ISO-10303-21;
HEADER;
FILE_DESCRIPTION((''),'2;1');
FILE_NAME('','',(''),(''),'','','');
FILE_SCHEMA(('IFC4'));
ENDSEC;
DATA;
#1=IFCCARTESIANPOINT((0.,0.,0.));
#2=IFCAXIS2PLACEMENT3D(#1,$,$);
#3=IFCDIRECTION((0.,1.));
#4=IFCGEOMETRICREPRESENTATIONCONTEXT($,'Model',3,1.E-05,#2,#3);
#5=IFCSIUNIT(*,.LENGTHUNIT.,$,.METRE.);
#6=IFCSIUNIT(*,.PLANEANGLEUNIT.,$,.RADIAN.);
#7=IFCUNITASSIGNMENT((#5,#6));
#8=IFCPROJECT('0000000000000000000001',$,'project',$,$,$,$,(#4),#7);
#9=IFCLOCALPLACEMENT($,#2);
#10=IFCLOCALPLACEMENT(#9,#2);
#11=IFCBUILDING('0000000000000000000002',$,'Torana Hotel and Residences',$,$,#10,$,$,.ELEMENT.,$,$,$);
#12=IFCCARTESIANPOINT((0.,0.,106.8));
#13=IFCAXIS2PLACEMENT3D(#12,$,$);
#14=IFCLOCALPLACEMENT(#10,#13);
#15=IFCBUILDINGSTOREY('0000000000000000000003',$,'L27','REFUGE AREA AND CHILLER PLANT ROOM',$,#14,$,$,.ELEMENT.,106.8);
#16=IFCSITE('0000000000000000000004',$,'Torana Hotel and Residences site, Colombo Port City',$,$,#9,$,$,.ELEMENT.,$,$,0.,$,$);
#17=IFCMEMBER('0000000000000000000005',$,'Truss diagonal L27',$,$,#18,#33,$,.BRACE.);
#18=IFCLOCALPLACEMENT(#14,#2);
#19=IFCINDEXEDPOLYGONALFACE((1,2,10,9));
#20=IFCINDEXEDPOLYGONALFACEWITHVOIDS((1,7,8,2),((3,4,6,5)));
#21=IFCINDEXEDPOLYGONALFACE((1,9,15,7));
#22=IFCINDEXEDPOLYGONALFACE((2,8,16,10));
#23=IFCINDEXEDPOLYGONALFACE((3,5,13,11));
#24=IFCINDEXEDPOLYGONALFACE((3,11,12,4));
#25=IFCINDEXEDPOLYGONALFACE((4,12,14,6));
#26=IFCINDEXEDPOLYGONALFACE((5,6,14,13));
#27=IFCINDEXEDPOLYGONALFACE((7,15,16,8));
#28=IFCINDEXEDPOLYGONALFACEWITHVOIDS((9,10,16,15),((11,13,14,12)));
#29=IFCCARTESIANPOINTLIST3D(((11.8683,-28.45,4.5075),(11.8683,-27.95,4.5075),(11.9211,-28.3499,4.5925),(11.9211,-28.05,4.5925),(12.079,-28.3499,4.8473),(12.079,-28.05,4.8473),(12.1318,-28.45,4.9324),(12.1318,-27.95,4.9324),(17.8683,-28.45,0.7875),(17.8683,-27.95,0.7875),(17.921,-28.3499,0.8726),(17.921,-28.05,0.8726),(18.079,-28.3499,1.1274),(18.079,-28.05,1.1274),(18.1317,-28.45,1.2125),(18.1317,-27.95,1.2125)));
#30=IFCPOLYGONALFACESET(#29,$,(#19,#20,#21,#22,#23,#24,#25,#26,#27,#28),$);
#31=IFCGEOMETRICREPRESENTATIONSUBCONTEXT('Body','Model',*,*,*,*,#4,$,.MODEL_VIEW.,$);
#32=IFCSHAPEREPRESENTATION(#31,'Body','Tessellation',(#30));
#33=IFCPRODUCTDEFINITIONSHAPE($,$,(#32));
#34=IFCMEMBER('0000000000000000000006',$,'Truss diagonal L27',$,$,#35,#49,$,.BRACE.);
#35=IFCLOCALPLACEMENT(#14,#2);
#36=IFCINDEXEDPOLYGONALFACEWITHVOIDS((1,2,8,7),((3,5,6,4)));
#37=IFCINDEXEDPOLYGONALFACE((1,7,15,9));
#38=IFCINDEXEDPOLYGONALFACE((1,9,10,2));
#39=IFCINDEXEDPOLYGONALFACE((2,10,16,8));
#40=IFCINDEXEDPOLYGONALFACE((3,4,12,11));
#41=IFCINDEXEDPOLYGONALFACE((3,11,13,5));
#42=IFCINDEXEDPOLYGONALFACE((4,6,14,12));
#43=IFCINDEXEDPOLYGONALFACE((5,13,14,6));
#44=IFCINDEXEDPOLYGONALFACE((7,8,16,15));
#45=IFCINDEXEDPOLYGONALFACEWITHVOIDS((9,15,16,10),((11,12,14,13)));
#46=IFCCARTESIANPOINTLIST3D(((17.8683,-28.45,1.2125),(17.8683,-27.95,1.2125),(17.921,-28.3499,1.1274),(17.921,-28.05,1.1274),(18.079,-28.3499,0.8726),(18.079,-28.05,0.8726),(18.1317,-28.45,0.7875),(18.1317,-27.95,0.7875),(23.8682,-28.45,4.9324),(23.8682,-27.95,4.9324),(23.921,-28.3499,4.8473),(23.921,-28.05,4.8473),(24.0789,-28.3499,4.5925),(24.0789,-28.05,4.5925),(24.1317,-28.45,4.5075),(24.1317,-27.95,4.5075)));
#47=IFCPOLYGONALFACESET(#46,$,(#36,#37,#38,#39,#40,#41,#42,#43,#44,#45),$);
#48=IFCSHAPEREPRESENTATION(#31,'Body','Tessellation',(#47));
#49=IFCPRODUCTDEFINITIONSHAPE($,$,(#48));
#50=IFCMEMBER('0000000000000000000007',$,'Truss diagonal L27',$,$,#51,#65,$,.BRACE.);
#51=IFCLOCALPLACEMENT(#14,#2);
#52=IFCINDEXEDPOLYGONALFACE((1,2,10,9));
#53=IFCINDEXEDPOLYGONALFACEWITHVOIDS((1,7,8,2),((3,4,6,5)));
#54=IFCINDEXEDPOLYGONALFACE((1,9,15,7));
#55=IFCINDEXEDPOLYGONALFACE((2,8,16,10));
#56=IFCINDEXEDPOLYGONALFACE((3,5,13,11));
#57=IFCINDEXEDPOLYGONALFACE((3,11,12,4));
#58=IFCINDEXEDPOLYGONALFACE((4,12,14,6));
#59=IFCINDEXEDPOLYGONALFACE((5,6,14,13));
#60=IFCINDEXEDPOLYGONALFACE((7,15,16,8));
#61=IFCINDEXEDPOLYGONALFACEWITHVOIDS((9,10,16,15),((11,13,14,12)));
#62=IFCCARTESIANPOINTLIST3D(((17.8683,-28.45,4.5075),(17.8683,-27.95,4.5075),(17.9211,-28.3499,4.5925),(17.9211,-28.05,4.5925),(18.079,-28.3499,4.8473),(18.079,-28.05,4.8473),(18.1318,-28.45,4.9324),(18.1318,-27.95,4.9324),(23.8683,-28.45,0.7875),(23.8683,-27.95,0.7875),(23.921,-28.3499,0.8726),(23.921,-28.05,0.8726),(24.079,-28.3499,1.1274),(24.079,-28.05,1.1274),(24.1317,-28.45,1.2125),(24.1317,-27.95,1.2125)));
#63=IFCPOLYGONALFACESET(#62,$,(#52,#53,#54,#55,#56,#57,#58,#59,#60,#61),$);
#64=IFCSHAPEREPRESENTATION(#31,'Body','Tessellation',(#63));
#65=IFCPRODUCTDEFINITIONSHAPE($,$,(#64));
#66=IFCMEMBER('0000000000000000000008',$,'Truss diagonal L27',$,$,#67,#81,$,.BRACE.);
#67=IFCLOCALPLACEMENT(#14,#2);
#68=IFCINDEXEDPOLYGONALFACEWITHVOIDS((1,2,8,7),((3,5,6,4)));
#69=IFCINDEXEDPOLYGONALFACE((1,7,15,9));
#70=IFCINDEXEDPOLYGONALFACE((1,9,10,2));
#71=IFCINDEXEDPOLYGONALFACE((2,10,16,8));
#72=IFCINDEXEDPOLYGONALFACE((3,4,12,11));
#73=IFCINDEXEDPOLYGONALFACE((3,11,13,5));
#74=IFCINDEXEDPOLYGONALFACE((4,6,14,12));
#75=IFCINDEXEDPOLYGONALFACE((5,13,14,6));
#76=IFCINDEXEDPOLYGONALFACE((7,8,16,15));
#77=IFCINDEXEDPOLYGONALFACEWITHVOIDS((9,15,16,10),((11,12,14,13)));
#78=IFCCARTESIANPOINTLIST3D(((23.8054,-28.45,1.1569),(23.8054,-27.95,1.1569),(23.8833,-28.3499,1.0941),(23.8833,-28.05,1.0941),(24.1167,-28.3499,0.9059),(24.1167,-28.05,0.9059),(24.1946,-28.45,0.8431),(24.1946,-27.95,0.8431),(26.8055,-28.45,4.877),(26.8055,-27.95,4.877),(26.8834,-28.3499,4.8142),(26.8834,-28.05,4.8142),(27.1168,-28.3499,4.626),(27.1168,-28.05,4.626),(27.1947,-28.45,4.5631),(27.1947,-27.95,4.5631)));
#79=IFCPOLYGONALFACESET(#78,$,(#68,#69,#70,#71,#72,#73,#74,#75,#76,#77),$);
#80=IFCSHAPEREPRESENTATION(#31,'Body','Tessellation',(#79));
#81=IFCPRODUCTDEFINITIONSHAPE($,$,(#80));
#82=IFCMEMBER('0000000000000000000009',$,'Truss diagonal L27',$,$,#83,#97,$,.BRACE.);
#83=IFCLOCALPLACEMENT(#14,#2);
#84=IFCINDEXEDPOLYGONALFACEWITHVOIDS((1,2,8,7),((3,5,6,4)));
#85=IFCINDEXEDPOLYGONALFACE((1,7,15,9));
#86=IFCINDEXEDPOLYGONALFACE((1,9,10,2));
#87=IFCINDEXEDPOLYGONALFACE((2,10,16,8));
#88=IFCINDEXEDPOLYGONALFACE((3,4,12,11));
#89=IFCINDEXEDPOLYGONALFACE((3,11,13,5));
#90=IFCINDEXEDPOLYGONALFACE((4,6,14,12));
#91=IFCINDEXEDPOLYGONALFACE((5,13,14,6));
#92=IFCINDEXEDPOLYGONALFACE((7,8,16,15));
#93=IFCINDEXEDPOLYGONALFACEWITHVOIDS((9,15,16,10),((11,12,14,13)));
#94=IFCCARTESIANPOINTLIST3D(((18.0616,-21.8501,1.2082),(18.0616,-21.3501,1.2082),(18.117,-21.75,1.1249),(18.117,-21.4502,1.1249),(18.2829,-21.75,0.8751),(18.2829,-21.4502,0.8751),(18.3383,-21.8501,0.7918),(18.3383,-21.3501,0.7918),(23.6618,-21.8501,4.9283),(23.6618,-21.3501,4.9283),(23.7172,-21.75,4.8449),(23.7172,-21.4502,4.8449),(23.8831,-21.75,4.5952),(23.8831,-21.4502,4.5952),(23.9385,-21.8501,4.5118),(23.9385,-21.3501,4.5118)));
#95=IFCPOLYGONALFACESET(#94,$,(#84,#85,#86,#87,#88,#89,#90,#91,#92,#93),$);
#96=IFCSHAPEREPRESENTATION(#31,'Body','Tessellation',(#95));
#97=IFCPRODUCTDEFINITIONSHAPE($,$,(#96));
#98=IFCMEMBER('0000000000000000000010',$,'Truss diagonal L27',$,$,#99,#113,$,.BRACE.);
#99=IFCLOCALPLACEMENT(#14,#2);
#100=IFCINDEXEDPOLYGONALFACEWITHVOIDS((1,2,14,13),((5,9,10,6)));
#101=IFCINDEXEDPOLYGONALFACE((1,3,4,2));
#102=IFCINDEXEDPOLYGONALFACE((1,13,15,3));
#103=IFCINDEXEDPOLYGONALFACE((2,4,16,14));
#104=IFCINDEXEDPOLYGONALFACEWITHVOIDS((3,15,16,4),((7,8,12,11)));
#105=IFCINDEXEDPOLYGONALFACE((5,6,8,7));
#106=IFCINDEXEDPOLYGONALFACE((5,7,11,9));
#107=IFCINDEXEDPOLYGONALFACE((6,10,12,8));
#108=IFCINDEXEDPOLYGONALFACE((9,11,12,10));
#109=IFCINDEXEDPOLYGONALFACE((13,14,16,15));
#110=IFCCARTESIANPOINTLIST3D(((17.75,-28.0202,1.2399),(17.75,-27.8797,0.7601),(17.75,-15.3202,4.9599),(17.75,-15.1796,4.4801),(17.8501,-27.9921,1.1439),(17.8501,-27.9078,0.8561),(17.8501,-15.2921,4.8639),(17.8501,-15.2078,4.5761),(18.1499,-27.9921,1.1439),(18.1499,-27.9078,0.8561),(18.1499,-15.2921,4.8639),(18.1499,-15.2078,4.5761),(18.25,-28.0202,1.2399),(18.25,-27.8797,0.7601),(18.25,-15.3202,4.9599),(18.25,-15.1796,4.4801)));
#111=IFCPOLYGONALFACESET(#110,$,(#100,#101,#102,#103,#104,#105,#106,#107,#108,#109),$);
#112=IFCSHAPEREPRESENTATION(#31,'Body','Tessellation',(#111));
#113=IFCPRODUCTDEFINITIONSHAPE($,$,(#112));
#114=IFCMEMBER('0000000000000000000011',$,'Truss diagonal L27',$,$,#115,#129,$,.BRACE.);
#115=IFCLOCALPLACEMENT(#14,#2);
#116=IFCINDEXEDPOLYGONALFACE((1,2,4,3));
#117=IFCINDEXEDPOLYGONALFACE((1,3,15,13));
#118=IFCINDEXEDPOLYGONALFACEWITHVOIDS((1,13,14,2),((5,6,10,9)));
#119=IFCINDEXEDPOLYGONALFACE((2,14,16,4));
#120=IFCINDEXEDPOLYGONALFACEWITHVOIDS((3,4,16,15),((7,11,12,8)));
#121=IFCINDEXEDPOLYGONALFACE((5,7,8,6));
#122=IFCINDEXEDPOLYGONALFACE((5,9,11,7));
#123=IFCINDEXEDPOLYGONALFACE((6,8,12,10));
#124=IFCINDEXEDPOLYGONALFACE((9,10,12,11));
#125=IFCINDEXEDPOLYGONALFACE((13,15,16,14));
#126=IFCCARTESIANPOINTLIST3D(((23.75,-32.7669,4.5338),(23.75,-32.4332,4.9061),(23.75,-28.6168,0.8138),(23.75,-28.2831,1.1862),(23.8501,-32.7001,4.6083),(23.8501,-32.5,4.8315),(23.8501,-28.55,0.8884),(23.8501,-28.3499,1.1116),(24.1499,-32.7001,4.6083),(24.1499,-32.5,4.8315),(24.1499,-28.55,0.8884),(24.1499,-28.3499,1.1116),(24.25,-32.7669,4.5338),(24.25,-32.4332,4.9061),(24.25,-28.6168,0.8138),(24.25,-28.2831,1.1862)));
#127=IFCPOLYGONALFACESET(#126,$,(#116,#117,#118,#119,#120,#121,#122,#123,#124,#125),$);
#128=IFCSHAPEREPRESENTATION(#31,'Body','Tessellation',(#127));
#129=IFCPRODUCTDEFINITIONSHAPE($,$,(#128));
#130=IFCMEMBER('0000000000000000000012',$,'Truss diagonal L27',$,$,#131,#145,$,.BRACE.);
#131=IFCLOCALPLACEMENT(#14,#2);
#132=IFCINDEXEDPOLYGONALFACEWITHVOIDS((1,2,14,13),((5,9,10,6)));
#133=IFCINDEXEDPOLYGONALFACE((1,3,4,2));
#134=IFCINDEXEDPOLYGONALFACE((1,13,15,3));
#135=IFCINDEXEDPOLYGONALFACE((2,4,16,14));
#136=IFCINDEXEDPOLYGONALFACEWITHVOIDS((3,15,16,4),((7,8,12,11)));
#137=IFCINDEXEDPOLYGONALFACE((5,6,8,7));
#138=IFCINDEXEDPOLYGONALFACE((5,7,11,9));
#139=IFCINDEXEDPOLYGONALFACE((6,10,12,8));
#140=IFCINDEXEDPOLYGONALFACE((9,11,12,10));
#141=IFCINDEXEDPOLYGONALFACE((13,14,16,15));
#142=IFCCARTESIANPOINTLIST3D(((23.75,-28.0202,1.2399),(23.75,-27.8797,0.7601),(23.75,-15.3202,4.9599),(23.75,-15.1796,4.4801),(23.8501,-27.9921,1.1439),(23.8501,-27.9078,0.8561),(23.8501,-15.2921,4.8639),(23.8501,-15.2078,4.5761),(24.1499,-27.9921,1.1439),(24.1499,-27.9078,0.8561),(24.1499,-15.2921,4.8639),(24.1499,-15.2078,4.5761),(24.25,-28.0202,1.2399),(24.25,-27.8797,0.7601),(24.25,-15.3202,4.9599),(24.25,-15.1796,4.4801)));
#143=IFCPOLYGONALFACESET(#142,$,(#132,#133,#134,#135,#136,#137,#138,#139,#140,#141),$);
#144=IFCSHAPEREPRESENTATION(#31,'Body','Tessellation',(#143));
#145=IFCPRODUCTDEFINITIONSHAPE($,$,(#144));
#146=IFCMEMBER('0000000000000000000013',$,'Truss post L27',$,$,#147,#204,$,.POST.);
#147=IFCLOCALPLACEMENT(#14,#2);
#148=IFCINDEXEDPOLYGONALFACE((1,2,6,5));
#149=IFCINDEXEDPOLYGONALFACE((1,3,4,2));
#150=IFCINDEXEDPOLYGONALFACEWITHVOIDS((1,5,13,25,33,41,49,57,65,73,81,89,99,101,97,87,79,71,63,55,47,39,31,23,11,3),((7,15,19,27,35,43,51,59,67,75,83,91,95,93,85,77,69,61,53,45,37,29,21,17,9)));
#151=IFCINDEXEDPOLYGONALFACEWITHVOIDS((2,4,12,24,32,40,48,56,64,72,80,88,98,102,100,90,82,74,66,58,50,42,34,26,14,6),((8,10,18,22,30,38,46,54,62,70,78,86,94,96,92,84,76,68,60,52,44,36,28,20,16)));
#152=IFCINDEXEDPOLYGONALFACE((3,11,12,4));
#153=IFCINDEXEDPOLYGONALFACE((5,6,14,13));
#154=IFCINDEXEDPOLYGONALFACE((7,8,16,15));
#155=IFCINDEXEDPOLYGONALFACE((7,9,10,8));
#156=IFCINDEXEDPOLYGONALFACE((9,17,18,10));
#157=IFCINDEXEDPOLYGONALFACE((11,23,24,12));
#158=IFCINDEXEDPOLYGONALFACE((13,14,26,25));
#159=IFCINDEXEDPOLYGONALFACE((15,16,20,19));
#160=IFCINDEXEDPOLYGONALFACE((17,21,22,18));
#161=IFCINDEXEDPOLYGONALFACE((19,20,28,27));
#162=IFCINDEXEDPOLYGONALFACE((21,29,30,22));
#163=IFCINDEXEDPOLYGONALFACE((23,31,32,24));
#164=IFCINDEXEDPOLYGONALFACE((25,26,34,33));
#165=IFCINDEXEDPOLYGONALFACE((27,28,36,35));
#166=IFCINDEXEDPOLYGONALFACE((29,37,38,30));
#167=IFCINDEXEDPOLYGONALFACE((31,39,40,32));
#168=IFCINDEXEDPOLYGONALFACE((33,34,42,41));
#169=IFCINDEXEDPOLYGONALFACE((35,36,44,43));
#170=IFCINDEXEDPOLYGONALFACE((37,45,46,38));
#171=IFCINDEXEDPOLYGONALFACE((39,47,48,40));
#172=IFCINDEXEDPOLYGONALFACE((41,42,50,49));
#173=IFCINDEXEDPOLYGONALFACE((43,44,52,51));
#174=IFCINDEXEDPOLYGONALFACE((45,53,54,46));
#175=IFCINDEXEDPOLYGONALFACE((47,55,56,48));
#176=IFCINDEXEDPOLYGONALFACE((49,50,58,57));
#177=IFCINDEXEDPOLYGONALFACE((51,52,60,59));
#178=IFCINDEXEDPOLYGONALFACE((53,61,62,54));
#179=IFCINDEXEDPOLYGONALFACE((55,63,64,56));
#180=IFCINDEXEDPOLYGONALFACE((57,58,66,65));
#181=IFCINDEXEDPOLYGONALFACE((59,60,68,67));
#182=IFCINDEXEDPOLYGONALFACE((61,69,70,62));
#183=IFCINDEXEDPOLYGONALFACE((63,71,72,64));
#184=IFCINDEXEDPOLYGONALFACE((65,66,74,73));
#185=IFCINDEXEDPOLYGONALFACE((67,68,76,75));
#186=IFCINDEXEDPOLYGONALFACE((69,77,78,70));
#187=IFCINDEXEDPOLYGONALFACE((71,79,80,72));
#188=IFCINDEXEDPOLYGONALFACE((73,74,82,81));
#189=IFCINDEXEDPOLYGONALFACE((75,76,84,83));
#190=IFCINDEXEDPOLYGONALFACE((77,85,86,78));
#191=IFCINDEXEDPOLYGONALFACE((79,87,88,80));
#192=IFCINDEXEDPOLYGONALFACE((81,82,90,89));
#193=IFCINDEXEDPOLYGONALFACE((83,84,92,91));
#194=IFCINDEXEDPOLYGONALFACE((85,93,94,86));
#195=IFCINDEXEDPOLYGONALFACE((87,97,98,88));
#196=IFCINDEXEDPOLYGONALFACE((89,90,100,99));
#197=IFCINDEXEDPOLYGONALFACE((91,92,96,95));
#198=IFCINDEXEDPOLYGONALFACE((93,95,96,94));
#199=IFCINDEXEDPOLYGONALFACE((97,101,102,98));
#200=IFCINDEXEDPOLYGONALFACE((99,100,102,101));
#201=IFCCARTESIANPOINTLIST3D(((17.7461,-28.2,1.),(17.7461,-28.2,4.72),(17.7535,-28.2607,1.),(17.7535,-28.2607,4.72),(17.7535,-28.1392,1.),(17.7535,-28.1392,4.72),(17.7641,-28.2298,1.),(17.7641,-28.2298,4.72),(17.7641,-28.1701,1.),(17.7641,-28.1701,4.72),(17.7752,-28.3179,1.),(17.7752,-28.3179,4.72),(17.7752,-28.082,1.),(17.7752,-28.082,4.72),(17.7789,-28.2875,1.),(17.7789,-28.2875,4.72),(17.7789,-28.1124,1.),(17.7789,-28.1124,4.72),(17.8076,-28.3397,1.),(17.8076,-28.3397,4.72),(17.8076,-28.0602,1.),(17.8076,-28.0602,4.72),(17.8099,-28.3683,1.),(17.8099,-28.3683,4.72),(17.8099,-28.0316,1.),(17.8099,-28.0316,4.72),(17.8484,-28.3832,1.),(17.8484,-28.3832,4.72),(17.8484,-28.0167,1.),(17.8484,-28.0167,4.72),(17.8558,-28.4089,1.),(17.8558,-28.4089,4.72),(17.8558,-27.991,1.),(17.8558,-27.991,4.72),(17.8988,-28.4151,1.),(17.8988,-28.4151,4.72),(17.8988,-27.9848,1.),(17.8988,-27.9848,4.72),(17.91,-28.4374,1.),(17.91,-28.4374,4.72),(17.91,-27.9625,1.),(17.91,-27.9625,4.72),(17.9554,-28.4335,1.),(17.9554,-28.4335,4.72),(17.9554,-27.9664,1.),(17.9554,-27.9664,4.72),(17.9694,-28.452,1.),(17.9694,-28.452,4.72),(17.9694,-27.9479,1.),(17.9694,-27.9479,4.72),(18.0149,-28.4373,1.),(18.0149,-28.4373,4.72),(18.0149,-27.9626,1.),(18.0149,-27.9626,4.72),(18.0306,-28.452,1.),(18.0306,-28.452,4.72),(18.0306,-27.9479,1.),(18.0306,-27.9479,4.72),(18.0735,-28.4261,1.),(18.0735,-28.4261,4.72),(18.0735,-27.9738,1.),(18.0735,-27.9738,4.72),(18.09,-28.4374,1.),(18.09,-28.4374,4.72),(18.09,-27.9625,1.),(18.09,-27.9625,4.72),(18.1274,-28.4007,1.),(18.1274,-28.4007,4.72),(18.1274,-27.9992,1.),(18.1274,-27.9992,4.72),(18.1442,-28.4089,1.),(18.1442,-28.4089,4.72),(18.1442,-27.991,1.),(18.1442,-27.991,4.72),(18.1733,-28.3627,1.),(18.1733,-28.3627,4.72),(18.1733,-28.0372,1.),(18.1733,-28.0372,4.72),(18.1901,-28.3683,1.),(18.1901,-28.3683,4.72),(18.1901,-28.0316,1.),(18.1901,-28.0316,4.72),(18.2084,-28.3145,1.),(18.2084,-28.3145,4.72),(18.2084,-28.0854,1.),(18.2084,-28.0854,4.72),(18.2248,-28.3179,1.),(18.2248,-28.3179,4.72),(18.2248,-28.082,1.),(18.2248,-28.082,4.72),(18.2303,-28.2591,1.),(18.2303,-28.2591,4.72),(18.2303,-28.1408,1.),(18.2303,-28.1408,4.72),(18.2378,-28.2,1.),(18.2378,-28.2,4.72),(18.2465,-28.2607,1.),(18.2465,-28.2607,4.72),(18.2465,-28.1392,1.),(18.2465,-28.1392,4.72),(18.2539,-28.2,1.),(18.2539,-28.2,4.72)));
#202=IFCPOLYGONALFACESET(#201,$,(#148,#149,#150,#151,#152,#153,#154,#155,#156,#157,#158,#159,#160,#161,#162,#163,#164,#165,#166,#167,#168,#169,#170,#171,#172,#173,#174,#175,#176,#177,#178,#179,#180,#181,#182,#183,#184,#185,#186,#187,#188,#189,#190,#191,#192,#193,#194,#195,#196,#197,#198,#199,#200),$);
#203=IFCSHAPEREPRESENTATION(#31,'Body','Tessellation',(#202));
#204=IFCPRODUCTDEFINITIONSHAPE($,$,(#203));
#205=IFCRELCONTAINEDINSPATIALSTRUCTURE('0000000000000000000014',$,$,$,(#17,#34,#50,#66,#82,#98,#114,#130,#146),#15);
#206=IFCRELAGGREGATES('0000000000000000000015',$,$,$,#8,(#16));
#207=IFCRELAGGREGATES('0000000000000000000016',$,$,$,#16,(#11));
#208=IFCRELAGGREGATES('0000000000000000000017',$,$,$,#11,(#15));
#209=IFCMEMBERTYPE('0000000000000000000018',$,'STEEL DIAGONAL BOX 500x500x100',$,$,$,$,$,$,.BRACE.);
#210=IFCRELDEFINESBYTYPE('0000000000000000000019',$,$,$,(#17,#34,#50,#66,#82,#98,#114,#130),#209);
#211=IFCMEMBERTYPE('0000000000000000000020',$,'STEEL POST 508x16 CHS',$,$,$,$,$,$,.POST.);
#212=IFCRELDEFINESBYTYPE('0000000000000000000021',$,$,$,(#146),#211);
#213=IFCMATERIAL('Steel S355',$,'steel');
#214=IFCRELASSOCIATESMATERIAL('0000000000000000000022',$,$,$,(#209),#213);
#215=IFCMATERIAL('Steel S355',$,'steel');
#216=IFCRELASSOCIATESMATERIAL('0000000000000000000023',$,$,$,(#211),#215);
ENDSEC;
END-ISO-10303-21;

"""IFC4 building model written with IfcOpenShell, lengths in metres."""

from ifc_helpers import new_model, si_unit, direction, frame, origin, origin_2d, place, context, subcontext, project, spatial, hollow_rectangle, hollow_circle, extrude, material, material_profile, profile_set, type_object, element, save


model = new_model("IFC4")

# Units and contexts
model_context = context("Model", 3, precision=1e-05, world=origin(), true_north=direction((0.0, 1.0)))
body_context = subcontext(model_context, "Body", "Model", "MODEL_VIEW")
ifc_project = project(units=[si_unit("LENGTHUNIT", "METRE"), si_unit("PLANEANGLEUNIT", "RADIAN")], contexts=[model_context])

# Site, building, storey
site_placement = place(None, origin())
site = spatial("IfcSite", under=ifc_project, at=site_placement, Name="Torana Hotel and Residences site, Colombo Port City", CompositionType="ELEMENT", RefElevation=0.0)
building_placement = place(site_placement, origin())
building = spatial("IfcBuilding", under=site, at=building_placement, Name="Torana Hotel and Residences", CompositionType="ELEMENT")
storey_placement = place(building_placement, frame((0.0, 0.0, 106.8)))
storey = spatial("IfcBuildingStorey", under=building, at=storey_placement, Name="L27", Description="REFUGE AREA AND CHILLER PLANT ROOM", CompositionType="ELEMENT", Elevation=106.8)

# Members
ifc_material_1 = material(Name="Steel S355", Category="steel")
ifc_material_profile_1 = material_profile(ifc_material_1, hollow_rectangle(XDim=0.5, YDim=0.5, WallThickness=0.1001, at=origin_2d()), Name="BOX 500x500x100")
ifc_profile_set_1 = profile_set([ifc_material_profile_1], Name="Steel S355")
member_type_1 = type_object("IfcMemberType", Name="STEEL DIAGONAL BOX 500x500x100", PredefinedType="BRACE", material=ifc_profile_set_1)
for number, where, z_axis, x_axis, name in (
    (1, (18.0, -28.2, 1.0), (-0.849905, 0.0, 0.526937), (0.0, -1.0, 0.0), "Truss diagonal L27"),
    (2, (18.0, -28.2, 1.0), (0.849905, 0.0, 0.526937), (0.0, 1.0, 0.0), "Truss diagonal L27"),
    (3, (24.0, -28.2, 1.0), (-0.849905, 0.0, 0.526937), (0.0, -1.0, 0.0), "Truss diagonal L27"),
):
    element("IfcMember", number, at=place(storey_placement, frame(where, z_axis=z_axis, x_axis=x_axis)), inside=storey, type_object=member_type_1, Name=name, PredefinedType="BRACE", context=body_context, shape_type="SweptSolid", body=[
        extrude(hollow_rectangle(XDim=0.5, YDim=0.5, WallThickness=0.1001, at=origin_2d()), origin(), (0.0, 0.0, 1.0), 7.0596),
    ])
member_1_placement = place(storey_placement, frame((24.0, -28.2, 1.0), z_axis=(0.627755, 0.0, 0.778411), x_axis=(0.0, 1.0, 0.0)))
element("IfcMember", 4, at=member_1_placement, inside=storey, type_object=member_type_1, Name="Truss diagonal L27", PredefinedType="BRACE", context=body_context, shape_type="SweptSolid", body=[
    extrude(hollow_rectangle(XDim=0.5, YDim=0.5, WallThickness=0.1001, at=origin_2d()), origin(), (0.0, 0.0, 1.0), 4.7791),
])
member_2_placement = place(storey_placement, frame((18.2, -21.6001, 1.0), z_axis=(0.832971, 0.0, 0.553317), x_axis=(0.0, 1.0, 0.0)))
element("IfcMember", 5, at=member_2_placement, inside=storey, type_object=member_type_1, Name="Truss diagonal L27", PredefinedType="BRACE", context=body_context, shape_type="SweptSolid", body=[
    extrude(hollow_rectangle(XDim=0.5, YDim=0.5, WallThickness=0.1001, at=origin_2d()), origin(), (0.0, 0.0, 1.0), 6.7231),
])
member_3_placement = place(storey_placement, frame((18.0, -27.95, 1.0), z_axis=(0.0, 0.959678, 0.281101), x_axis=(-1.0, 0.0, 0.0)))
element("IfcMember", 6, at=member_3_placement, inside=storey, type_object=member_type_1, Name="Truss diagonal L27", PredefinedType="BRACE", context=body_context, shape_type="SweptSolid", body=[
    extrude(hollow_rectangle(XDim=0.5, YDim=0.5, WallThickness=0.1001, at=origin_2d()), origin(), (0.0, 0.0, 1.0), 13.2336),
])
member_4_placement = place(storey_placement, frame((24.0, -28.45, 1.0), z_axis=(0.0, -0.744645, 0.66746), x_axis=(1.0, 0.0, 0.0)))
element("IfcMember", 7, at=member_4_placement, inside=storey, type_object=member_type_1, Name="Truss diagonal L27", PredefinedType="BRACE", context=body_context, shape_type="SweptSolid", body=[
    extrude(hollow_rectangle(XDim=0.5, YDim=0.5, WallThickness=0.1001, at=origin_2d()), origin(), (0.0, 0.0, 1.0), 5.5732),
])
member_5_placement = place(storey_placement, frame((24.0, -27.95, 1.0), z_axis=(0.0, 0.959678, 0.281101), x_axis=(-1.0, 0.0, 0.0)))
element("IfcMember", 8, at=member_5_placement, inside=storey, type_object=member_type_1, Name="Truss diagonal L27", PredefinedType="BRACE", context=body_context, shape_type="SweptSolid", body=[
    extrude(hollow_rectangle(XDim=0.5, YDim=0.5, WallThickness=0.1001, at=origin_2d()), origin(), (0.0, 0.0, 1.0), 13.2336),
])
ifc_material_2 = material(Name="Steel S355", Category="steel")
ifc_material_profile_2 = material_profile(ifc_material_2, hollow_circle(Radius=0.2539, WallThickness=0.0161, at=origin_2d()), Name="508x16 CHS")
ifc_profile_set_2 = profile_set([ifc_material_profile_2], Name="Steel S355")
member_type_2 = type_object("IfcMemberType", Name="STEEL POST 508x16 CHS", PredefinedType="POST", material=ifc_profile_set_2)
for number, where, z_axis, x_axis, name in (
    (9, (18.0, -28.2, 1.0), (0.0, 0.0, 1.0), (1.0, 0.0, 0.0), "Truss post L27"),
):
    element("IfcMember", number, at=place(storey_placement, frame(where, z_axis=z_axis, x_axis=x_axis)), inside=storey, type_object=member_type_2, Name=name, PredefinedType="POST", context=body_context, shape_type="SweptSolid", body=[
        extrude(hollow_circle(Radius=0.2539, WallThickness=0.0161, at=origin_2d()), origin(), (0.0, 0.0, 1.0), 3.72),
    ])

save(model, "model.ifc")
